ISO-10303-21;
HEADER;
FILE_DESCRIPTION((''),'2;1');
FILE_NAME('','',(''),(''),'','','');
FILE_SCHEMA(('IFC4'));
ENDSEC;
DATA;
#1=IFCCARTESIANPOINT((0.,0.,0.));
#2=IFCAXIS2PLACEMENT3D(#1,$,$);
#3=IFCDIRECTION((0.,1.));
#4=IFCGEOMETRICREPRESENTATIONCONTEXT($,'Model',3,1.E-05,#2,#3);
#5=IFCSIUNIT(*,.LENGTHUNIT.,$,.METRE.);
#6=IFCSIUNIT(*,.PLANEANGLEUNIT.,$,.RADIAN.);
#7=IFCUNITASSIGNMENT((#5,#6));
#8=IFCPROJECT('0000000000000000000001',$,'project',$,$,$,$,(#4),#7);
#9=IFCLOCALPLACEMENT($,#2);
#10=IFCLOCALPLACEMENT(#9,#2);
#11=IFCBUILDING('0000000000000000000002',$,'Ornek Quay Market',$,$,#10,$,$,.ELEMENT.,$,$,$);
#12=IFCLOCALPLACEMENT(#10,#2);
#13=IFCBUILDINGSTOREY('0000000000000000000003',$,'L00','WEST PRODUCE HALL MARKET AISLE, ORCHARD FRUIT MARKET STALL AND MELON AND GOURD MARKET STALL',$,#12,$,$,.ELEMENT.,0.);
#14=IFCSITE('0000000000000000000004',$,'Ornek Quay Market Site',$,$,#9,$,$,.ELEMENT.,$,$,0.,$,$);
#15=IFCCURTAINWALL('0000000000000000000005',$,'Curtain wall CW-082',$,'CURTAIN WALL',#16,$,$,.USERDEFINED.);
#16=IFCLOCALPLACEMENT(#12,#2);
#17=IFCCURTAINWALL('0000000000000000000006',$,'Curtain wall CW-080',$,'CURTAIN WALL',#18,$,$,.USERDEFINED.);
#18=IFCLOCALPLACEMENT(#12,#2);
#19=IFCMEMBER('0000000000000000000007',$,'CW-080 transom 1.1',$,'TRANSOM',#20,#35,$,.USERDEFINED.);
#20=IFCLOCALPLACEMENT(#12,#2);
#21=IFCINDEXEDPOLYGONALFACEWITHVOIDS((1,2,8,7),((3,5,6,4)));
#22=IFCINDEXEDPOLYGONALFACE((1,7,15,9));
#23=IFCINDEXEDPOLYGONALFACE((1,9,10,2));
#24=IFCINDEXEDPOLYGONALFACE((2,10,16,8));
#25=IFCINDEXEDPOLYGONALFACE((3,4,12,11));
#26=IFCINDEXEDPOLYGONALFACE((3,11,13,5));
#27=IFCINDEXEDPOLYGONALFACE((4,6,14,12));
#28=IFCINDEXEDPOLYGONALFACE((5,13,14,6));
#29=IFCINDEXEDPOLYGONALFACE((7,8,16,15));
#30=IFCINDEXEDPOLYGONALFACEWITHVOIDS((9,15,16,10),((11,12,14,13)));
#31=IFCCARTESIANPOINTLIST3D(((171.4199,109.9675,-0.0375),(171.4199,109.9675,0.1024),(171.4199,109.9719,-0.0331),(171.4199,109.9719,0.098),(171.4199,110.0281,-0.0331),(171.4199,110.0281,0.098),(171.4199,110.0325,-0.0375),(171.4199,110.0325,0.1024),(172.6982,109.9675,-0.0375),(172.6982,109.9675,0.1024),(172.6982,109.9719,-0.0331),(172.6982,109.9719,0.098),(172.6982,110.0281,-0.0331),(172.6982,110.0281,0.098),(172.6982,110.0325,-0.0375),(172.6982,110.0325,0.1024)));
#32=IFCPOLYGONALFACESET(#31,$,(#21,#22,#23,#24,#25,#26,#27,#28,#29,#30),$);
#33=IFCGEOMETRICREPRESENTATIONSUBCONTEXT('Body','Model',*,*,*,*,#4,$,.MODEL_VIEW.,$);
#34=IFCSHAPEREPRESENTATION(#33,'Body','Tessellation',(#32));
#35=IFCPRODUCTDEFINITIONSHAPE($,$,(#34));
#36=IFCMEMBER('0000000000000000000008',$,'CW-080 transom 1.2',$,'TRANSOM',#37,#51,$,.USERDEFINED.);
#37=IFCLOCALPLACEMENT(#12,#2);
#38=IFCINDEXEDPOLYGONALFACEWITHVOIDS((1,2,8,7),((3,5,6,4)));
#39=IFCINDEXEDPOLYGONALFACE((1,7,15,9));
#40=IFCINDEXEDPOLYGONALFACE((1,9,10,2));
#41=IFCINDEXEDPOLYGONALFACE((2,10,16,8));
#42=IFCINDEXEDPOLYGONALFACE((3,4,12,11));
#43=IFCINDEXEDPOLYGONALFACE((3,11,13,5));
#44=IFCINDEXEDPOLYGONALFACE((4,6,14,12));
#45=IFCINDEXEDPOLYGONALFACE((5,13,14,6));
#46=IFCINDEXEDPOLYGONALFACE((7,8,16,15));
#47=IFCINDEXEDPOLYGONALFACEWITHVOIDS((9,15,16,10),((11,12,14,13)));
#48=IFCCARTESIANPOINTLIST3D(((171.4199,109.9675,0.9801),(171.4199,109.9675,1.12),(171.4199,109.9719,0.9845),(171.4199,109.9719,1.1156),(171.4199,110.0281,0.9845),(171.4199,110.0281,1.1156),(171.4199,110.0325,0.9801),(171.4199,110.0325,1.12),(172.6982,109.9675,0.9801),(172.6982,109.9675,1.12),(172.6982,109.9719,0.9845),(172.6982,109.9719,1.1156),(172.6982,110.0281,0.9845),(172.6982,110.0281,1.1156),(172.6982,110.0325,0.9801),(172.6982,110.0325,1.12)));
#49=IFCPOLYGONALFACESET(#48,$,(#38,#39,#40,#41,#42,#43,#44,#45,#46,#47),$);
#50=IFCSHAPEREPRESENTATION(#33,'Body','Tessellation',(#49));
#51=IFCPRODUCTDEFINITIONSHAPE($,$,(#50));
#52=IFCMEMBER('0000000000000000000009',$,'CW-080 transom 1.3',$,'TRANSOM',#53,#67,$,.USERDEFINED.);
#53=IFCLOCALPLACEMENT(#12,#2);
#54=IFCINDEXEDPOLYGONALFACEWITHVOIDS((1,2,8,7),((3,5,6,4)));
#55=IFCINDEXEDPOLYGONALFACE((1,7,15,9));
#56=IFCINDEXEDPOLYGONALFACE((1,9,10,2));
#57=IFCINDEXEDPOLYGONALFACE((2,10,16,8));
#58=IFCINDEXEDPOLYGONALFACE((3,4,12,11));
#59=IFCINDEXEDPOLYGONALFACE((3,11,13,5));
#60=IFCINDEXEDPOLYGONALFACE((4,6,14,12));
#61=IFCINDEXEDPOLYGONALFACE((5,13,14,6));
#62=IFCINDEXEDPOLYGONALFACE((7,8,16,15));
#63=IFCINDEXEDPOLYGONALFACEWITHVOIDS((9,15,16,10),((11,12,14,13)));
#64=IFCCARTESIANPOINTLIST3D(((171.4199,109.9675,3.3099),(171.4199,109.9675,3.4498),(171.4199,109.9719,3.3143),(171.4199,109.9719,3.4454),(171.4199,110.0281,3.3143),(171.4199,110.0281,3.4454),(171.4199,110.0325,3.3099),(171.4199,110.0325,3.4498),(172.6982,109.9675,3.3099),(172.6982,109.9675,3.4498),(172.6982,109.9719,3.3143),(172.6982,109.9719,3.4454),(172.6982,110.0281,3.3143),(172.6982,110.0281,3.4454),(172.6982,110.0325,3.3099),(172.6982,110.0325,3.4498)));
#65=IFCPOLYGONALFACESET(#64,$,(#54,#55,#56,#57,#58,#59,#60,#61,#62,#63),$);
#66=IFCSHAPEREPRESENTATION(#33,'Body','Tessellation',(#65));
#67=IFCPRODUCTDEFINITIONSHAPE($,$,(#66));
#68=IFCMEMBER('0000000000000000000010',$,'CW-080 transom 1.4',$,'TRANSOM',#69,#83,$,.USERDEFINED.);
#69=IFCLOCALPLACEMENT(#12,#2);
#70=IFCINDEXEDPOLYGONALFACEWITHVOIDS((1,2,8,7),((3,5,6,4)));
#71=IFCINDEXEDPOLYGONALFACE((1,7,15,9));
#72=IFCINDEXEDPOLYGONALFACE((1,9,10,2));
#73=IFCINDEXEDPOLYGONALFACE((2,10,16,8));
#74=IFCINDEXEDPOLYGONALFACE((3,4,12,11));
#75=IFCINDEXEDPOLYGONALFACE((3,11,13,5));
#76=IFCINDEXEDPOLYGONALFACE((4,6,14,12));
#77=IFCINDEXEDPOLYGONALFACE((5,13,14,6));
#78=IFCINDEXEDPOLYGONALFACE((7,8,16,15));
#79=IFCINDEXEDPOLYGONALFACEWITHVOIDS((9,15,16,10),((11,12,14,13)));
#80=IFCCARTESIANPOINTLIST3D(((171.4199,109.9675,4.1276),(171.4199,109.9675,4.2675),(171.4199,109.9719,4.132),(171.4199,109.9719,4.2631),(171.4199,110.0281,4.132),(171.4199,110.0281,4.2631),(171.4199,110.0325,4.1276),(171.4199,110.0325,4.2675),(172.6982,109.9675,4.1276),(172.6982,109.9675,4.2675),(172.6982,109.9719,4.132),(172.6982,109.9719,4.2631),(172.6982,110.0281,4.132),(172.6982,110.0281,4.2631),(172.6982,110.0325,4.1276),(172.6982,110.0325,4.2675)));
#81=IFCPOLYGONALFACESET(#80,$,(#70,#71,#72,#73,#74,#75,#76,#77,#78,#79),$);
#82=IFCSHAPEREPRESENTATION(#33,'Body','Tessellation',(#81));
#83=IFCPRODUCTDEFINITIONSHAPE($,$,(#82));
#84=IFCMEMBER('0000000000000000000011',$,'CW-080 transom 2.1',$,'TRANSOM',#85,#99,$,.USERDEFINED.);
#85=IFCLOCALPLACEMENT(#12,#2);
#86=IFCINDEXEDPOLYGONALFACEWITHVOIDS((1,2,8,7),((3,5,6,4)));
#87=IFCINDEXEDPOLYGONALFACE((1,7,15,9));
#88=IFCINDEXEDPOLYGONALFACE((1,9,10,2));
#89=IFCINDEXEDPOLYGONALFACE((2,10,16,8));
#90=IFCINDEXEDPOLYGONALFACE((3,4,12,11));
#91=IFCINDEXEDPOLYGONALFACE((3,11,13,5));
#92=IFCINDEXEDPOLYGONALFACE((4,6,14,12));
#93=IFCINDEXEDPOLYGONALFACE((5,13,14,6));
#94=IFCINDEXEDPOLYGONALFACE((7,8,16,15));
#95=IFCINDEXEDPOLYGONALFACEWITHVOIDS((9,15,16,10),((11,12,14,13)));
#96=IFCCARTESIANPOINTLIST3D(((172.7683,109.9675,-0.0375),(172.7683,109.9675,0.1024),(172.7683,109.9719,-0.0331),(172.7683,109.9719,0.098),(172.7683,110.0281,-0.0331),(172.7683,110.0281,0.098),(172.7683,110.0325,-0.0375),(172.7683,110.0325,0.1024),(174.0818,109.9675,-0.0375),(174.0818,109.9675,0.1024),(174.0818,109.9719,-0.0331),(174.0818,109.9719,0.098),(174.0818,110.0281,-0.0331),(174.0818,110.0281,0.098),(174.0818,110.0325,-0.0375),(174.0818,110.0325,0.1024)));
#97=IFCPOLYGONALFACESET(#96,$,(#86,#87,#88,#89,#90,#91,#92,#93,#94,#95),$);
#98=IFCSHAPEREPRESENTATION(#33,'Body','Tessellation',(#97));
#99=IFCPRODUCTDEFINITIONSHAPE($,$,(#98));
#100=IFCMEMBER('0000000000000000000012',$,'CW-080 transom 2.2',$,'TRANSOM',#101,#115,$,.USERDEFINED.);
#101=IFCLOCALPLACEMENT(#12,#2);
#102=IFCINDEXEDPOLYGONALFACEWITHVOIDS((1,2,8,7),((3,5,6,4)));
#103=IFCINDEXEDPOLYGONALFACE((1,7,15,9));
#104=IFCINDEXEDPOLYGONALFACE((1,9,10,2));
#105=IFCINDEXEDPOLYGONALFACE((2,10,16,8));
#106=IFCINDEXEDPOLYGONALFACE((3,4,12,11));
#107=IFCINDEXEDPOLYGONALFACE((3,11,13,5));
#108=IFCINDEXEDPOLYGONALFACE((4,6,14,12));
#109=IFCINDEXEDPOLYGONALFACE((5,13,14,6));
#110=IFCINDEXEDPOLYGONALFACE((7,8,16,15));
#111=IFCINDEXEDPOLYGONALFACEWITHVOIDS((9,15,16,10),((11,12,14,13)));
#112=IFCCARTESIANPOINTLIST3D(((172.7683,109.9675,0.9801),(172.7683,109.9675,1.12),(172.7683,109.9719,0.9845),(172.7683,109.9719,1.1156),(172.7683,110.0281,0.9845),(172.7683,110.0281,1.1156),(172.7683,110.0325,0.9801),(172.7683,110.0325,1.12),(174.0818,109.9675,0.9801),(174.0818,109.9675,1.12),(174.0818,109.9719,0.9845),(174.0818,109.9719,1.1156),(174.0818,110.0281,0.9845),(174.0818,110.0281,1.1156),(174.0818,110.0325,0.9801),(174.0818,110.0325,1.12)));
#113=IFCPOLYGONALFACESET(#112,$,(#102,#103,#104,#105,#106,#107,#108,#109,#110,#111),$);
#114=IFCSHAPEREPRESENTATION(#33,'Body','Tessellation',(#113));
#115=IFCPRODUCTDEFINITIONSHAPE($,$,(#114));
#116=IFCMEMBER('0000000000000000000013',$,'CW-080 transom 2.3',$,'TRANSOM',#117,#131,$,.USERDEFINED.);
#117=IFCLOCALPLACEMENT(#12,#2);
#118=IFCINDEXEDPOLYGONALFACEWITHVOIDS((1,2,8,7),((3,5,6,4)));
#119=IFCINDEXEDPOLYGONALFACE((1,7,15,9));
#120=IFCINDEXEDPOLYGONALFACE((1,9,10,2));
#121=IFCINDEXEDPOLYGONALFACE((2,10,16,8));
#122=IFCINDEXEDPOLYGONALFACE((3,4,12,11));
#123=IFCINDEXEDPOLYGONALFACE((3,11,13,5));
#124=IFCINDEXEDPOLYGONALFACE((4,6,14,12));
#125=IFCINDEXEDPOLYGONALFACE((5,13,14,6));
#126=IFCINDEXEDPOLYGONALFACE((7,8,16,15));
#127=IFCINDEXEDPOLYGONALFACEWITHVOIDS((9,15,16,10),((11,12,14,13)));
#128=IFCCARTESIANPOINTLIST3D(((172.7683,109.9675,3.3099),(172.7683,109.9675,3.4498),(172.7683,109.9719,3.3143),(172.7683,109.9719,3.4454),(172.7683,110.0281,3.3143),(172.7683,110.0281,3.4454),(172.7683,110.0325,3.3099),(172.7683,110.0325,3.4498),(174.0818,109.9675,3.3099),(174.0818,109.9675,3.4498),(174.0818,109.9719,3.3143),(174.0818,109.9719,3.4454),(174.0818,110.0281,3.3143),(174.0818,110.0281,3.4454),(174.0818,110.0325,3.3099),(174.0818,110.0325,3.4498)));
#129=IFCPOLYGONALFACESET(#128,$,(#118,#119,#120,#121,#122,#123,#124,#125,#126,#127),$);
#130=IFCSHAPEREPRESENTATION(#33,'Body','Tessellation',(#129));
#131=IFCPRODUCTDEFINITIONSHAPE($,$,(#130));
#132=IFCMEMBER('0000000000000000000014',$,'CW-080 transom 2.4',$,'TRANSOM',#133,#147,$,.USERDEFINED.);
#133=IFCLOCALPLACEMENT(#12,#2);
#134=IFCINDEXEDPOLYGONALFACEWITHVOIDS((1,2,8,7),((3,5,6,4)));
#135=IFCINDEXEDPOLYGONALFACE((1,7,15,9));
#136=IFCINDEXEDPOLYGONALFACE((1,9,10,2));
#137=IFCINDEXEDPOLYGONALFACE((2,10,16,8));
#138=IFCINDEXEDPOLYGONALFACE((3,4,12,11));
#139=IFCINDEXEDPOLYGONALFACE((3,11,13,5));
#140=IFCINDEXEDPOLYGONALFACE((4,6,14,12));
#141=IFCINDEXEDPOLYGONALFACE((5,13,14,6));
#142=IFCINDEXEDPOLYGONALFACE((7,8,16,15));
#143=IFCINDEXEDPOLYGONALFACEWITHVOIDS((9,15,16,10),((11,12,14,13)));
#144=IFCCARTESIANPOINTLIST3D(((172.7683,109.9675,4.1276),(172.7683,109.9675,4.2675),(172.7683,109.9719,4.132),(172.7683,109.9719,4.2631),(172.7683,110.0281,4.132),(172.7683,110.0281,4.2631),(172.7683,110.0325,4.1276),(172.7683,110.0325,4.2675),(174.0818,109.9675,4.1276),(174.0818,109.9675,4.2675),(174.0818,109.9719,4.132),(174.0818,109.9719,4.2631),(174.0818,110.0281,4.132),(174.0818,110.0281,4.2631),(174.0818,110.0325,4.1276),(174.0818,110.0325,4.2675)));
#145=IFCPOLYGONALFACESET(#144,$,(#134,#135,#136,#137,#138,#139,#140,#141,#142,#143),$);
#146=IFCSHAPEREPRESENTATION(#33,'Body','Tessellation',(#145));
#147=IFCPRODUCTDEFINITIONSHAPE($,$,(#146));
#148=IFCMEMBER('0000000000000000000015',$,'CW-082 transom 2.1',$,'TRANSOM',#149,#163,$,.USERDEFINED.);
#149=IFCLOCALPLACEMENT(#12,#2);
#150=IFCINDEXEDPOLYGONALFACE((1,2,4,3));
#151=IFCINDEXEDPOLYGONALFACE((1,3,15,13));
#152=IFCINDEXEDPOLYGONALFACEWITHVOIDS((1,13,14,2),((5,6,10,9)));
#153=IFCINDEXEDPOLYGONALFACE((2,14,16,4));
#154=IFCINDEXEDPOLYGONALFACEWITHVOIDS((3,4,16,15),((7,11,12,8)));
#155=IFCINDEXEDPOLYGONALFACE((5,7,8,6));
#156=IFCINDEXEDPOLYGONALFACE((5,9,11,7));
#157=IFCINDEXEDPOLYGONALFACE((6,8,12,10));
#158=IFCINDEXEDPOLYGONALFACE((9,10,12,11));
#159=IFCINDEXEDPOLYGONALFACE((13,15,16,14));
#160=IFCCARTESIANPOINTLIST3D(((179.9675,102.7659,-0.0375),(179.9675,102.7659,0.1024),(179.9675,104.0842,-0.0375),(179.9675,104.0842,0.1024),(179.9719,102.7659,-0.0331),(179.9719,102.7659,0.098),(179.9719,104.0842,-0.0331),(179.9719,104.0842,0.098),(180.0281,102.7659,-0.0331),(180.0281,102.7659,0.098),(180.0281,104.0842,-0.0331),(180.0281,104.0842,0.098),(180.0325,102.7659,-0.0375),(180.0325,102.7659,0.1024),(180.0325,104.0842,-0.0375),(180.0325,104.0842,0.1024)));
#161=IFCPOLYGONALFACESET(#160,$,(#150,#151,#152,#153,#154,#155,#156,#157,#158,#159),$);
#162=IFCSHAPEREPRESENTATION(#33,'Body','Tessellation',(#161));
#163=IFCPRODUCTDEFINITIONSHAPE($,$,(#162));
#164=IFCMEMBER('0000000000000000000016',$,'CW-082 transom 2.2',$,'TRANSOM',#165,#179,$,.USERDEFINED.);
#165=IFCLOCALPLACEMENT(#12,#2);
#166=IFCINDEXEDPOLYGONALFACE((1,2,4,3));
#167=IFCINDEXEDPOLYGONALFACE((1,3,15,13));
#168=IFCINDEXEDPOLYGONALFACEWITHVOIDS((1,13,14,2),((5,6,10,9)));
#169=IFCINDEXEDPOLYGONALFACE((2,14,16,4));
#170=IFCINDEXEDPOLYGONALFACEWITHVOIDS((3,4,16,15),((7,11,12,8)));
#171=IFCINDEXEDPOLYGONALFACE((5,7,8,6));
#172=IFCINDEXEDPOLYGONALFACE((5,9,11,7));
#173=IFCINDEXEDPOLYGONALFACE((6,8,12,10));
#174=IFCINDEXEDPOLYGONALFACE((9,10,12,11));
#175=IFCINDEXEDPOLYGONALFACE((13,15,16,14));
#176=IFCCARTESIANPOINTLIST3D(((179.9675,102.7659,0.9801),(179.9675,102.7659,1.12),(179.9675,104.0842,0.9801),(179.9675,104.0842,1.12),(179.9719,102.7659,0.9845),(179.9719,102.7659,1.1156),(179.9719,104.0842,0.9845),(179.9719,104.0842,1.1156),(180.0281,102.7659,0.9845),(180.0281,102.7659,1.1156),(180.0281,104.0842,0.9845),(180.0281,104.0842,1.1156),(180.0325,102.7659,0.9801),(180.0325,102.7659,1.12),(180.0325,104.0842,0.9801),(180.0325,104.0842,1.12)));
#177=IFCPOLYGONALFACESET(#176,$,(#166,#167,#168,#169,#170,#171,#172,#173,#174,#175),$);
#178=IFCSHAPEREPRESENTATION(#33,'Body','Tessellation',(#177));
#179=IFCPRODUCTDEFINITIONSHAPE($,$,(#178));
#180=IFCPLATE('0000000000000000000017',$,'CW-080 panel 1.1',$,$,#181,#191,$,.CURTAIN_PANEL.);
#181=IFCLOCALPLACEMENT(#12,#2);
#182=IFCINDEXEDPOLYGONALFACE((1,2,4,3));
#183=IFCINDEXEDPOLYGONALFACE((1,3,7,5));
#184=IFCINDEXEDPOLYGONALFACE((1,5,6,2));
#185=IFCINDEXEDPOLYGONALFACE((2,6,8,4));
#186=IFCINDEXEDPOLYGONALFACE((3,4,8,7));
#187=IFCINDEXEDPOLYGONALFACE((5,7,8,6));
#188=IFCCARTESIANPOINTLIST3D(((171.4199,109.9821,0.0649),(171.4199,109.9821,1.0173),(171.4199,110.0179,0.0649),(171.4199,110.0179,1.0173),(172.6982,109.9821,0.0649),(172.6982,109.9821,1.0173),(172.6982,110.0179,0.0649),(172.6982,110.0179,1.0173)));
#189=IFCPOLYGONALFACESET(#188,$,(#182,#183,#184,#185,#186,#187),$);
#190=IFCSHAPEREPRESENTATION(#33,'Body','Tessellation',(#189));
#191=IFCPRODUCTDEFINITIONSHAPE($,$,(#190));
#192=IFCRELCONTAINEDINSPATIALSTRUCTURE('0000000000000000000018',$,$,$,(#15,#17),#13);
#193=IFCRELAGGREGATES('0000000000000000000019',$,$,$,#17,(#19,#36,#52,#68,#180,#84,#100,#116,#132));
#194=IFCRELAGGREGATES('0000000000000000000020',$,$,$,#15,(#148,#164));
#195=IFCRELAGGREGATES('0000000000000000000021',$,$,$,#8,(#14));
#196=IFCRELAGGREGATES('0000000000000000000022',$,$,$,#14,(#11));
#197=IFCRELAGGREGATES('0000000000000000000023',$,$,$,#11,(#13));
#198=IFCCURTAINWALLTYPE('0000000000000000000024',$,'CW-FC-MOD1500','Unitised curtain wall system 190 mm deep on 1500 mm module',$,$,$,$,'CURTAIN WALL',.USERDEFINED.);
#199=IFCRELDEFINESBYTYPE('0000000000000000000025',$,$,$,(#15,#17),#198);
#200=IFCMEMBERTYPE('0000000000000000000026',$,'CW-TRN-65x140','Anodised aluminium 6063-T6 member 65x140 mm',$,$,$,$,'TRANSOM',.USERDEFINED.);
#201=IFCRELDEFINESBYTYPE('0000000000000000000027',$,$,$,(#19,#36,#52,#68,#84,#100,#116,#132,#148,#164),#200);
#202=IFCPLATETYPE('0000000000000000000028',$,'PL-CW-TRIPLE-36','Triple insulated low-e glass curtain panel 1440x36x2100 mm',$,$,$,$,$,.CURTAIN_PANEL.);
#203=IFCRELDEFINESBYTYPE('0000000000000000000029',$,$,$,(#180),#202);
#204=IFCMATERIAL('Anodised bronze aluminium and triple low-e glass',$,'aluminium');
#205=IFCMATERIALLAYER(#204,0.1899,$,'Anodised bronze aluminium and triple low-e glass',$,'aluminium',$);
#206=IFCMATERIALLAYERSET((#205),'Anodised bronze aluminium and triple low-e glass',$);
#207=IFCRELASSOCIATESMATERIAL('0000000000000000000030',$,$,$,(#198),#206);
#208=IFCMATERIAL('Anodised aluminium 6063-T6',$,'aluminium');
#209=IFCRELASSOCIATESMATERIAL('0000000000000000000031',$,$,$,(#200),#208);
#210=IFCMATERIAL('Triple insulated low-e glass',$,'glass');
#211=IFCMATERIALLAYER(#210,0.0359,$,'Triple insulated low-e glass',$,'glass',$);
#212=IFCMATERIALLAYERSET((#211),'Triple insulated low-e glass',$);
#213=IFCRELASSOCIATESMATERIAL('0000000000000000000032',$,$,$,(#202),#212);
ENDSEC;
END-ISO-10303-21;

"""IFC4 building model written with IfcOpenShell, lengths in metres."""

from ifc_helpers import new_model, si_unit, direction, frame, origin, origin_2d, place, context, subcontext, project, spatial, rectangle, hollow_rectangle, extrude, material, layer, layer_set, material_profile, profile_set, type_object, element, aggregate, save


model = new_model("IFC4")

# Units and contexts
model_context = context("Model", 3, precision=1e-05, world=origin(), true_north=direction((0.0, 1.0)))
body_context = subcontext(model_context, "Body", "Model", "MODEL_VIEW")
ifc_project = project(units=[si_unit("LENGTHUNIT", "METRE"), si_unit("PLANEANGLEUNIT", "RADIAN")], contexts=[model_context])

# Site, building, storey
site_placement = place(None, origin())
site = spatial("IfcSite", under=ifc_project, at=site_placement, Name="Ornek Quay Market Site", CompositionType="ELEMENT", RefElevation=0.0)
building_placement = place(site_placement, origin())
building = spatial("IfcBuilding", under=site, at=building_placement, Name="Ornek Quay Market", CompositionType="ELEMENT")
storey_placement = place(building_placement, origin())
storey = spatial("IfcBuildingStorey", under=building, at=storey_placement, Name="L00", Description="WEST PRODUCE HALL MARKET AISLE, ORCHARD FRUIT MARKET STALL AND MELON AND GOURD MARKET STALL", CompositionType="ELEMENT", Elevation=0.0)

# Curtain wall
ifc_material_1 = material(Name="Anodised bronze aluminium and triple low-e glass", Category="aluminium")
ifc_layer_1 = layer(ifc_material_1, 0.1899, Name="Anodised bronze aluminium and triple low-e glass", Category="aluminium")
ifc_layer_set_1 = layer_set([ifc_layer_1], Name="Anodised bronze aluminium and triple low-e glass")
curtain_wall_type = type_object("IfcCurtainWallType", Name="CW-FC-MOD1500", Description="Unitised curtain wall system 190 mm deep on 1500 mm module", ElementType="CURTAIN WALL", PredefinedType="USERDEFINED", material=ifc_layer_set_1)
curtain_wall_1_placement = place(storey_placement, origin())
curtain_wall_1 = element("IfcCurtainWall", 1, at=curtain_wall_1_placement, inside=storey, type_object=curtain_wall_type, Name="Curtain wall CW-082", ObjectType="CURTAIN WALL", PredefinedType="USERDEFINED")
ifc_material_2 = material(Name="Anodised aluminium 6063-T6", Category="aluminium")

# Curtain wall, members
curtain_wall_2_placement = place(storey_placement, origin())
curtain_wall_2 = element("IfcCurtainWall", 2, at=curtain_wall_2_placement, inside=storey, type_object=curtain_wall_type, Name="Curtain wall CW-080", ObjectType="CURTAIN WALL", PredefinedType="USERDEFINED")
ifc_material_profile_1 = material_profile(ifc_material_2, hollow_rectangle(XDim=0.0649, YDim=0.1399, WallThickness=0.0044, at=origin_2d()), Name="CW-TRN-65x140", Category="aluminium")
ifc_profile_set_1 = profile_set([ifc_material_profile_1], Name="Anodised aluminium 6063-T6")
member_type_1 = type_object("IfcMemberType", Name="CW-TRN-65x140", Description="Anodised aluminium 6063-T6 member 65x140 mm", ElementType="TRANSOM", PredefinedType="USERDEFINED", material=ifc_profile_set_1)
member_1_placement = place(storey_placement, frame((171.4199, 110.0, 0.0325), z_axis=(1.0, 0.0, 0.0), x_axis=(0.0, 1.0, 0.0)))
member_1 = element("IfcMember", 3, at=member_1_placement, type_object=member_type_1, Name="CW-080 transom 1.1", ObjectType="TRANSOM", PredefinedType="USERDEFINED", context=body_context, shape_type="SweptSolid", body=[
    extrude(hollow_rectangle(XDim=0.0649, YDim=0.1399, WallThickness=0.0044, at=origin_2d()), origin(), (0.0, 0.0, 1.0), 1.2783),
])
member_2_placement = place(storey_placement, frame((171.4199, 110.0, 1.05), z_axis=(1.0, 0.0, 0.0), x_axis=(0.0, 1.0, 0.0)))
member_2 = element("IfcMember", 4, at=member_2_placement, type_object=member_type_1, Name="CW-080 transom 1.2", ObjectType="TRANSOM", PredefinedType="USERDEFINED", context=body_context, shape_type="SweptSolid", body=[
    extrude(hollow_rectangle(XDim=0.0649, YDim=0.1399, WallThickness=0.0044, at=origin_2d()), origin(), (0.0, 0.0, 1.0), 1.2783),
])
member_3_placement = place(storey_placement, frame((171.4199, 110.0, 3.3799), z_axis=(1.0, 0.0, 0.0), x_axis=(0.0, 1.0, 0.0)))
member_3 = element("IfcMember", 5, at=member_3_placement, type_object=member_type_1, Name="CW-080 transom 1.3", ObjectType="TRANSOM", PredefinedType="USERDEFINED", context=body_context, shape_type="SweptSolid", body=[
    extrude(hollow_rectangle(XDim=0.0649, YDim=0.1399, WallThickness=0.0044, at=origin_2d()), origin(), (0.0, 0.0, 1.0), 1.2783),
])
member_4_placement = place(storey_placement, frame((171.4199, 110.0, 4.1975), z_axis=(1.0, 0.0, 0.0), x_axis=(0.0, 1.0, 0.0)))
member_4 = element("IfcMember", 6, at=member_4_placement, type_object=member_type_1, Name="CW-080 transom 1.4", ObjectType="TRANSOM", PredefinedType="USERDEFINED", context=body_context, shape_type="SweptSolid", body=[
    extrude(hollow_rectangle(XDim=0.0649, YDim=0.1399, WallThickness=0.0044, at=origin_2d()), origin(), (0.0, 0.0, 1.0), 1.2783),
])
member_5_placement = place(storey_placement, frame((172.7683, 110.0, 0.0325), z_axis=(1.0, 0.0, 0.0), x_axis=(0.0, 1.0, 0.0)))
member_5 = element("IfcMember", 7, at=member_5_placement, type_object=member_type_1, Name="CW-080 transom 2.1", ObjectType="TRANSOM", PredefinedType="USERDEFINED", context=body_context, shape_type="SweptSolid", body=[
    extrude(hollow_rectangle(XDim=0.0649, YDim=0.1399, WallThickness=0.0044, at=origin_2d()), origin(), (0.0, 0.0, 1.0), 1.3135),
])
member_6_placement = place(storey_placement, frame((172.7683, 110.0, 1.05), z_axis=(1.0, 0.0, 0.0), x_axis=(0.0, 1.0, 0.0)))
member_6 = element("IfcMember", 8, at=member_6_placement, type_object=member_type_1, Name="CW-080 transom 2.2", ObjectType="TRANSOM", PredefinedType="USERDEFINED", context=body_context, shape_type="SweptSolid", body=[
    extrude(hollow_rectangle(XDim=0.0649, YDim=0.1399, WallThickness=0.0044, at=origin_2d()), origin(), (0.0, 0.0, 1.0), 1.3135),
])
member_7_placement = place(storey_placement, frame((172.7683, 110.0, 3.3799), z_axis=(1.0, 0.0, 0.0), x_axis=(0.0, 1.0, 0.0)))
member_7 = element("IfcMember", 9, at=member_7_placement, type_object=member_type_1, Name="CW-080 transom 2.3", ObjectType="TRANSOM", PredefinedType="USERDEFINED", context=body_context, shape_type="SweptSolid", body=[
    extrude(hollow_rectangle(XDim=0.0649, YDim=0.1399, WallThickness=0.0044, at=origin_2d()), origin(), (0.0, 0.0, 1.0), 1.3135),
])
member_8_placement = place(storey_placement, frame((172.7683, 110.0, 4.1975), z_axis=(1.0, 0.0, 0.0), x_axis=(0.0, 1.0, 0.0)))
member_8 = element("IfcMember", 10, at=member_8_placement, type_object=member_type_1, Name="CW-080 transom 2.4", ObjectType="TRANSOM", PredefinedType="USERDEFINED", context=body_context, shape_type="SweptSolid", body=[
    extrude(hollow_rectangle(XDim=0.0649, YDim=0.1399, WallThickness=0.0044, at=origin_2d()), origin(), (0.0, 0.0, 1.0), 1.3135),
])

# Members
member_9_placement = place(storey_placement, frame((180.0, 102.7659, 0.0325), z_axis=(0.0, 1.0, 0.0), x_axis=(-1.0, 0.0, 0.0)))
member_9 = element("IfcMember", 11, at=member_9_placement, type_object=member_type_1, Name="CW-082 transom 2.1", ObjectType="TRANSOM", PredefinedType="USERDEFINED", context=body_context, shape_type="SweptSolid", body=[
    extrude(hollow_rectangle(XDim=0.0649, YDim=0.1399, WallThickness=0.0044, at=origin_2d()), origin(), (0.0, 0.0, 1.0), 1.3184),
])
member_10_placement = place(storey_placement, frame((180.0, 102.7659, 1.05), z_axis=(0.0, 1.0, 0.0), x_axis=(-1.0, 0.0, 0.0)))
member_10 = element("IfcMember", 12, at=member_10_placement, type_object=member_type_1, Name="CW-082 transom 2.2", ObjectType="TRANSOM", PredefinedType="USERDEFINED", context=body_context, shape_type="SweptSolid", body=[
    extrude(hollow_rectangle(XDim=0.0649, YDim=0.1399, WallThickness=0.0044, at=origin_2d()), origin(), (0.0, 0.0, 1.0), 1.3184),
])

# Plate
ifc_material_3 = material(Name="Triple insulated low-e glass", Category="glass")
ifc_layer_2 = layer(ifc_material_3, 0.0359, Name="Triple insulated low-e glass", Category="glass")
ifc_layer_set_2 = layer_set([ifc_layer_2], Name="Triple insulated low-e glass")
plate_type = type_object("IfcPlateType", Name="PL-CW-TRIPLE-36", Description="Triple insulated low-e glass curtain panel 1440x36x2100 mm", PredefinedType="CURTAIN_PANEL", material=ifc_layer_set_2)
plate_1_placement = place(storey_placement, frame((172.0591, 110.0, 0.0649), z_axis=(0.0, 0.0, 1.0), x_axis=(1.0, 0.0, 0.0)))
plate_1 = element("IfcPlate", 13, at=plate_1_placement, type_object=plate_type, Name="CW-080 panel 1.1", PredefinedType="CURTAIN_PANEL", context=body_context, shape_type="SweptSolid", body=[
    extrude(rectangle(XDim=1.2783, YDim=0.0359, at=origin_2d()), origin(), (0.0, 0.0, 1.0), 0.9524),
])
aggregate(curtain_wall_2, [member_1, member_2, member_3, member_4, plate_1, member_5, member_6, member_7, member_8])
aggregate(curtain_wall_1, [member_9, member_10])

save(model, "model.ifc")
